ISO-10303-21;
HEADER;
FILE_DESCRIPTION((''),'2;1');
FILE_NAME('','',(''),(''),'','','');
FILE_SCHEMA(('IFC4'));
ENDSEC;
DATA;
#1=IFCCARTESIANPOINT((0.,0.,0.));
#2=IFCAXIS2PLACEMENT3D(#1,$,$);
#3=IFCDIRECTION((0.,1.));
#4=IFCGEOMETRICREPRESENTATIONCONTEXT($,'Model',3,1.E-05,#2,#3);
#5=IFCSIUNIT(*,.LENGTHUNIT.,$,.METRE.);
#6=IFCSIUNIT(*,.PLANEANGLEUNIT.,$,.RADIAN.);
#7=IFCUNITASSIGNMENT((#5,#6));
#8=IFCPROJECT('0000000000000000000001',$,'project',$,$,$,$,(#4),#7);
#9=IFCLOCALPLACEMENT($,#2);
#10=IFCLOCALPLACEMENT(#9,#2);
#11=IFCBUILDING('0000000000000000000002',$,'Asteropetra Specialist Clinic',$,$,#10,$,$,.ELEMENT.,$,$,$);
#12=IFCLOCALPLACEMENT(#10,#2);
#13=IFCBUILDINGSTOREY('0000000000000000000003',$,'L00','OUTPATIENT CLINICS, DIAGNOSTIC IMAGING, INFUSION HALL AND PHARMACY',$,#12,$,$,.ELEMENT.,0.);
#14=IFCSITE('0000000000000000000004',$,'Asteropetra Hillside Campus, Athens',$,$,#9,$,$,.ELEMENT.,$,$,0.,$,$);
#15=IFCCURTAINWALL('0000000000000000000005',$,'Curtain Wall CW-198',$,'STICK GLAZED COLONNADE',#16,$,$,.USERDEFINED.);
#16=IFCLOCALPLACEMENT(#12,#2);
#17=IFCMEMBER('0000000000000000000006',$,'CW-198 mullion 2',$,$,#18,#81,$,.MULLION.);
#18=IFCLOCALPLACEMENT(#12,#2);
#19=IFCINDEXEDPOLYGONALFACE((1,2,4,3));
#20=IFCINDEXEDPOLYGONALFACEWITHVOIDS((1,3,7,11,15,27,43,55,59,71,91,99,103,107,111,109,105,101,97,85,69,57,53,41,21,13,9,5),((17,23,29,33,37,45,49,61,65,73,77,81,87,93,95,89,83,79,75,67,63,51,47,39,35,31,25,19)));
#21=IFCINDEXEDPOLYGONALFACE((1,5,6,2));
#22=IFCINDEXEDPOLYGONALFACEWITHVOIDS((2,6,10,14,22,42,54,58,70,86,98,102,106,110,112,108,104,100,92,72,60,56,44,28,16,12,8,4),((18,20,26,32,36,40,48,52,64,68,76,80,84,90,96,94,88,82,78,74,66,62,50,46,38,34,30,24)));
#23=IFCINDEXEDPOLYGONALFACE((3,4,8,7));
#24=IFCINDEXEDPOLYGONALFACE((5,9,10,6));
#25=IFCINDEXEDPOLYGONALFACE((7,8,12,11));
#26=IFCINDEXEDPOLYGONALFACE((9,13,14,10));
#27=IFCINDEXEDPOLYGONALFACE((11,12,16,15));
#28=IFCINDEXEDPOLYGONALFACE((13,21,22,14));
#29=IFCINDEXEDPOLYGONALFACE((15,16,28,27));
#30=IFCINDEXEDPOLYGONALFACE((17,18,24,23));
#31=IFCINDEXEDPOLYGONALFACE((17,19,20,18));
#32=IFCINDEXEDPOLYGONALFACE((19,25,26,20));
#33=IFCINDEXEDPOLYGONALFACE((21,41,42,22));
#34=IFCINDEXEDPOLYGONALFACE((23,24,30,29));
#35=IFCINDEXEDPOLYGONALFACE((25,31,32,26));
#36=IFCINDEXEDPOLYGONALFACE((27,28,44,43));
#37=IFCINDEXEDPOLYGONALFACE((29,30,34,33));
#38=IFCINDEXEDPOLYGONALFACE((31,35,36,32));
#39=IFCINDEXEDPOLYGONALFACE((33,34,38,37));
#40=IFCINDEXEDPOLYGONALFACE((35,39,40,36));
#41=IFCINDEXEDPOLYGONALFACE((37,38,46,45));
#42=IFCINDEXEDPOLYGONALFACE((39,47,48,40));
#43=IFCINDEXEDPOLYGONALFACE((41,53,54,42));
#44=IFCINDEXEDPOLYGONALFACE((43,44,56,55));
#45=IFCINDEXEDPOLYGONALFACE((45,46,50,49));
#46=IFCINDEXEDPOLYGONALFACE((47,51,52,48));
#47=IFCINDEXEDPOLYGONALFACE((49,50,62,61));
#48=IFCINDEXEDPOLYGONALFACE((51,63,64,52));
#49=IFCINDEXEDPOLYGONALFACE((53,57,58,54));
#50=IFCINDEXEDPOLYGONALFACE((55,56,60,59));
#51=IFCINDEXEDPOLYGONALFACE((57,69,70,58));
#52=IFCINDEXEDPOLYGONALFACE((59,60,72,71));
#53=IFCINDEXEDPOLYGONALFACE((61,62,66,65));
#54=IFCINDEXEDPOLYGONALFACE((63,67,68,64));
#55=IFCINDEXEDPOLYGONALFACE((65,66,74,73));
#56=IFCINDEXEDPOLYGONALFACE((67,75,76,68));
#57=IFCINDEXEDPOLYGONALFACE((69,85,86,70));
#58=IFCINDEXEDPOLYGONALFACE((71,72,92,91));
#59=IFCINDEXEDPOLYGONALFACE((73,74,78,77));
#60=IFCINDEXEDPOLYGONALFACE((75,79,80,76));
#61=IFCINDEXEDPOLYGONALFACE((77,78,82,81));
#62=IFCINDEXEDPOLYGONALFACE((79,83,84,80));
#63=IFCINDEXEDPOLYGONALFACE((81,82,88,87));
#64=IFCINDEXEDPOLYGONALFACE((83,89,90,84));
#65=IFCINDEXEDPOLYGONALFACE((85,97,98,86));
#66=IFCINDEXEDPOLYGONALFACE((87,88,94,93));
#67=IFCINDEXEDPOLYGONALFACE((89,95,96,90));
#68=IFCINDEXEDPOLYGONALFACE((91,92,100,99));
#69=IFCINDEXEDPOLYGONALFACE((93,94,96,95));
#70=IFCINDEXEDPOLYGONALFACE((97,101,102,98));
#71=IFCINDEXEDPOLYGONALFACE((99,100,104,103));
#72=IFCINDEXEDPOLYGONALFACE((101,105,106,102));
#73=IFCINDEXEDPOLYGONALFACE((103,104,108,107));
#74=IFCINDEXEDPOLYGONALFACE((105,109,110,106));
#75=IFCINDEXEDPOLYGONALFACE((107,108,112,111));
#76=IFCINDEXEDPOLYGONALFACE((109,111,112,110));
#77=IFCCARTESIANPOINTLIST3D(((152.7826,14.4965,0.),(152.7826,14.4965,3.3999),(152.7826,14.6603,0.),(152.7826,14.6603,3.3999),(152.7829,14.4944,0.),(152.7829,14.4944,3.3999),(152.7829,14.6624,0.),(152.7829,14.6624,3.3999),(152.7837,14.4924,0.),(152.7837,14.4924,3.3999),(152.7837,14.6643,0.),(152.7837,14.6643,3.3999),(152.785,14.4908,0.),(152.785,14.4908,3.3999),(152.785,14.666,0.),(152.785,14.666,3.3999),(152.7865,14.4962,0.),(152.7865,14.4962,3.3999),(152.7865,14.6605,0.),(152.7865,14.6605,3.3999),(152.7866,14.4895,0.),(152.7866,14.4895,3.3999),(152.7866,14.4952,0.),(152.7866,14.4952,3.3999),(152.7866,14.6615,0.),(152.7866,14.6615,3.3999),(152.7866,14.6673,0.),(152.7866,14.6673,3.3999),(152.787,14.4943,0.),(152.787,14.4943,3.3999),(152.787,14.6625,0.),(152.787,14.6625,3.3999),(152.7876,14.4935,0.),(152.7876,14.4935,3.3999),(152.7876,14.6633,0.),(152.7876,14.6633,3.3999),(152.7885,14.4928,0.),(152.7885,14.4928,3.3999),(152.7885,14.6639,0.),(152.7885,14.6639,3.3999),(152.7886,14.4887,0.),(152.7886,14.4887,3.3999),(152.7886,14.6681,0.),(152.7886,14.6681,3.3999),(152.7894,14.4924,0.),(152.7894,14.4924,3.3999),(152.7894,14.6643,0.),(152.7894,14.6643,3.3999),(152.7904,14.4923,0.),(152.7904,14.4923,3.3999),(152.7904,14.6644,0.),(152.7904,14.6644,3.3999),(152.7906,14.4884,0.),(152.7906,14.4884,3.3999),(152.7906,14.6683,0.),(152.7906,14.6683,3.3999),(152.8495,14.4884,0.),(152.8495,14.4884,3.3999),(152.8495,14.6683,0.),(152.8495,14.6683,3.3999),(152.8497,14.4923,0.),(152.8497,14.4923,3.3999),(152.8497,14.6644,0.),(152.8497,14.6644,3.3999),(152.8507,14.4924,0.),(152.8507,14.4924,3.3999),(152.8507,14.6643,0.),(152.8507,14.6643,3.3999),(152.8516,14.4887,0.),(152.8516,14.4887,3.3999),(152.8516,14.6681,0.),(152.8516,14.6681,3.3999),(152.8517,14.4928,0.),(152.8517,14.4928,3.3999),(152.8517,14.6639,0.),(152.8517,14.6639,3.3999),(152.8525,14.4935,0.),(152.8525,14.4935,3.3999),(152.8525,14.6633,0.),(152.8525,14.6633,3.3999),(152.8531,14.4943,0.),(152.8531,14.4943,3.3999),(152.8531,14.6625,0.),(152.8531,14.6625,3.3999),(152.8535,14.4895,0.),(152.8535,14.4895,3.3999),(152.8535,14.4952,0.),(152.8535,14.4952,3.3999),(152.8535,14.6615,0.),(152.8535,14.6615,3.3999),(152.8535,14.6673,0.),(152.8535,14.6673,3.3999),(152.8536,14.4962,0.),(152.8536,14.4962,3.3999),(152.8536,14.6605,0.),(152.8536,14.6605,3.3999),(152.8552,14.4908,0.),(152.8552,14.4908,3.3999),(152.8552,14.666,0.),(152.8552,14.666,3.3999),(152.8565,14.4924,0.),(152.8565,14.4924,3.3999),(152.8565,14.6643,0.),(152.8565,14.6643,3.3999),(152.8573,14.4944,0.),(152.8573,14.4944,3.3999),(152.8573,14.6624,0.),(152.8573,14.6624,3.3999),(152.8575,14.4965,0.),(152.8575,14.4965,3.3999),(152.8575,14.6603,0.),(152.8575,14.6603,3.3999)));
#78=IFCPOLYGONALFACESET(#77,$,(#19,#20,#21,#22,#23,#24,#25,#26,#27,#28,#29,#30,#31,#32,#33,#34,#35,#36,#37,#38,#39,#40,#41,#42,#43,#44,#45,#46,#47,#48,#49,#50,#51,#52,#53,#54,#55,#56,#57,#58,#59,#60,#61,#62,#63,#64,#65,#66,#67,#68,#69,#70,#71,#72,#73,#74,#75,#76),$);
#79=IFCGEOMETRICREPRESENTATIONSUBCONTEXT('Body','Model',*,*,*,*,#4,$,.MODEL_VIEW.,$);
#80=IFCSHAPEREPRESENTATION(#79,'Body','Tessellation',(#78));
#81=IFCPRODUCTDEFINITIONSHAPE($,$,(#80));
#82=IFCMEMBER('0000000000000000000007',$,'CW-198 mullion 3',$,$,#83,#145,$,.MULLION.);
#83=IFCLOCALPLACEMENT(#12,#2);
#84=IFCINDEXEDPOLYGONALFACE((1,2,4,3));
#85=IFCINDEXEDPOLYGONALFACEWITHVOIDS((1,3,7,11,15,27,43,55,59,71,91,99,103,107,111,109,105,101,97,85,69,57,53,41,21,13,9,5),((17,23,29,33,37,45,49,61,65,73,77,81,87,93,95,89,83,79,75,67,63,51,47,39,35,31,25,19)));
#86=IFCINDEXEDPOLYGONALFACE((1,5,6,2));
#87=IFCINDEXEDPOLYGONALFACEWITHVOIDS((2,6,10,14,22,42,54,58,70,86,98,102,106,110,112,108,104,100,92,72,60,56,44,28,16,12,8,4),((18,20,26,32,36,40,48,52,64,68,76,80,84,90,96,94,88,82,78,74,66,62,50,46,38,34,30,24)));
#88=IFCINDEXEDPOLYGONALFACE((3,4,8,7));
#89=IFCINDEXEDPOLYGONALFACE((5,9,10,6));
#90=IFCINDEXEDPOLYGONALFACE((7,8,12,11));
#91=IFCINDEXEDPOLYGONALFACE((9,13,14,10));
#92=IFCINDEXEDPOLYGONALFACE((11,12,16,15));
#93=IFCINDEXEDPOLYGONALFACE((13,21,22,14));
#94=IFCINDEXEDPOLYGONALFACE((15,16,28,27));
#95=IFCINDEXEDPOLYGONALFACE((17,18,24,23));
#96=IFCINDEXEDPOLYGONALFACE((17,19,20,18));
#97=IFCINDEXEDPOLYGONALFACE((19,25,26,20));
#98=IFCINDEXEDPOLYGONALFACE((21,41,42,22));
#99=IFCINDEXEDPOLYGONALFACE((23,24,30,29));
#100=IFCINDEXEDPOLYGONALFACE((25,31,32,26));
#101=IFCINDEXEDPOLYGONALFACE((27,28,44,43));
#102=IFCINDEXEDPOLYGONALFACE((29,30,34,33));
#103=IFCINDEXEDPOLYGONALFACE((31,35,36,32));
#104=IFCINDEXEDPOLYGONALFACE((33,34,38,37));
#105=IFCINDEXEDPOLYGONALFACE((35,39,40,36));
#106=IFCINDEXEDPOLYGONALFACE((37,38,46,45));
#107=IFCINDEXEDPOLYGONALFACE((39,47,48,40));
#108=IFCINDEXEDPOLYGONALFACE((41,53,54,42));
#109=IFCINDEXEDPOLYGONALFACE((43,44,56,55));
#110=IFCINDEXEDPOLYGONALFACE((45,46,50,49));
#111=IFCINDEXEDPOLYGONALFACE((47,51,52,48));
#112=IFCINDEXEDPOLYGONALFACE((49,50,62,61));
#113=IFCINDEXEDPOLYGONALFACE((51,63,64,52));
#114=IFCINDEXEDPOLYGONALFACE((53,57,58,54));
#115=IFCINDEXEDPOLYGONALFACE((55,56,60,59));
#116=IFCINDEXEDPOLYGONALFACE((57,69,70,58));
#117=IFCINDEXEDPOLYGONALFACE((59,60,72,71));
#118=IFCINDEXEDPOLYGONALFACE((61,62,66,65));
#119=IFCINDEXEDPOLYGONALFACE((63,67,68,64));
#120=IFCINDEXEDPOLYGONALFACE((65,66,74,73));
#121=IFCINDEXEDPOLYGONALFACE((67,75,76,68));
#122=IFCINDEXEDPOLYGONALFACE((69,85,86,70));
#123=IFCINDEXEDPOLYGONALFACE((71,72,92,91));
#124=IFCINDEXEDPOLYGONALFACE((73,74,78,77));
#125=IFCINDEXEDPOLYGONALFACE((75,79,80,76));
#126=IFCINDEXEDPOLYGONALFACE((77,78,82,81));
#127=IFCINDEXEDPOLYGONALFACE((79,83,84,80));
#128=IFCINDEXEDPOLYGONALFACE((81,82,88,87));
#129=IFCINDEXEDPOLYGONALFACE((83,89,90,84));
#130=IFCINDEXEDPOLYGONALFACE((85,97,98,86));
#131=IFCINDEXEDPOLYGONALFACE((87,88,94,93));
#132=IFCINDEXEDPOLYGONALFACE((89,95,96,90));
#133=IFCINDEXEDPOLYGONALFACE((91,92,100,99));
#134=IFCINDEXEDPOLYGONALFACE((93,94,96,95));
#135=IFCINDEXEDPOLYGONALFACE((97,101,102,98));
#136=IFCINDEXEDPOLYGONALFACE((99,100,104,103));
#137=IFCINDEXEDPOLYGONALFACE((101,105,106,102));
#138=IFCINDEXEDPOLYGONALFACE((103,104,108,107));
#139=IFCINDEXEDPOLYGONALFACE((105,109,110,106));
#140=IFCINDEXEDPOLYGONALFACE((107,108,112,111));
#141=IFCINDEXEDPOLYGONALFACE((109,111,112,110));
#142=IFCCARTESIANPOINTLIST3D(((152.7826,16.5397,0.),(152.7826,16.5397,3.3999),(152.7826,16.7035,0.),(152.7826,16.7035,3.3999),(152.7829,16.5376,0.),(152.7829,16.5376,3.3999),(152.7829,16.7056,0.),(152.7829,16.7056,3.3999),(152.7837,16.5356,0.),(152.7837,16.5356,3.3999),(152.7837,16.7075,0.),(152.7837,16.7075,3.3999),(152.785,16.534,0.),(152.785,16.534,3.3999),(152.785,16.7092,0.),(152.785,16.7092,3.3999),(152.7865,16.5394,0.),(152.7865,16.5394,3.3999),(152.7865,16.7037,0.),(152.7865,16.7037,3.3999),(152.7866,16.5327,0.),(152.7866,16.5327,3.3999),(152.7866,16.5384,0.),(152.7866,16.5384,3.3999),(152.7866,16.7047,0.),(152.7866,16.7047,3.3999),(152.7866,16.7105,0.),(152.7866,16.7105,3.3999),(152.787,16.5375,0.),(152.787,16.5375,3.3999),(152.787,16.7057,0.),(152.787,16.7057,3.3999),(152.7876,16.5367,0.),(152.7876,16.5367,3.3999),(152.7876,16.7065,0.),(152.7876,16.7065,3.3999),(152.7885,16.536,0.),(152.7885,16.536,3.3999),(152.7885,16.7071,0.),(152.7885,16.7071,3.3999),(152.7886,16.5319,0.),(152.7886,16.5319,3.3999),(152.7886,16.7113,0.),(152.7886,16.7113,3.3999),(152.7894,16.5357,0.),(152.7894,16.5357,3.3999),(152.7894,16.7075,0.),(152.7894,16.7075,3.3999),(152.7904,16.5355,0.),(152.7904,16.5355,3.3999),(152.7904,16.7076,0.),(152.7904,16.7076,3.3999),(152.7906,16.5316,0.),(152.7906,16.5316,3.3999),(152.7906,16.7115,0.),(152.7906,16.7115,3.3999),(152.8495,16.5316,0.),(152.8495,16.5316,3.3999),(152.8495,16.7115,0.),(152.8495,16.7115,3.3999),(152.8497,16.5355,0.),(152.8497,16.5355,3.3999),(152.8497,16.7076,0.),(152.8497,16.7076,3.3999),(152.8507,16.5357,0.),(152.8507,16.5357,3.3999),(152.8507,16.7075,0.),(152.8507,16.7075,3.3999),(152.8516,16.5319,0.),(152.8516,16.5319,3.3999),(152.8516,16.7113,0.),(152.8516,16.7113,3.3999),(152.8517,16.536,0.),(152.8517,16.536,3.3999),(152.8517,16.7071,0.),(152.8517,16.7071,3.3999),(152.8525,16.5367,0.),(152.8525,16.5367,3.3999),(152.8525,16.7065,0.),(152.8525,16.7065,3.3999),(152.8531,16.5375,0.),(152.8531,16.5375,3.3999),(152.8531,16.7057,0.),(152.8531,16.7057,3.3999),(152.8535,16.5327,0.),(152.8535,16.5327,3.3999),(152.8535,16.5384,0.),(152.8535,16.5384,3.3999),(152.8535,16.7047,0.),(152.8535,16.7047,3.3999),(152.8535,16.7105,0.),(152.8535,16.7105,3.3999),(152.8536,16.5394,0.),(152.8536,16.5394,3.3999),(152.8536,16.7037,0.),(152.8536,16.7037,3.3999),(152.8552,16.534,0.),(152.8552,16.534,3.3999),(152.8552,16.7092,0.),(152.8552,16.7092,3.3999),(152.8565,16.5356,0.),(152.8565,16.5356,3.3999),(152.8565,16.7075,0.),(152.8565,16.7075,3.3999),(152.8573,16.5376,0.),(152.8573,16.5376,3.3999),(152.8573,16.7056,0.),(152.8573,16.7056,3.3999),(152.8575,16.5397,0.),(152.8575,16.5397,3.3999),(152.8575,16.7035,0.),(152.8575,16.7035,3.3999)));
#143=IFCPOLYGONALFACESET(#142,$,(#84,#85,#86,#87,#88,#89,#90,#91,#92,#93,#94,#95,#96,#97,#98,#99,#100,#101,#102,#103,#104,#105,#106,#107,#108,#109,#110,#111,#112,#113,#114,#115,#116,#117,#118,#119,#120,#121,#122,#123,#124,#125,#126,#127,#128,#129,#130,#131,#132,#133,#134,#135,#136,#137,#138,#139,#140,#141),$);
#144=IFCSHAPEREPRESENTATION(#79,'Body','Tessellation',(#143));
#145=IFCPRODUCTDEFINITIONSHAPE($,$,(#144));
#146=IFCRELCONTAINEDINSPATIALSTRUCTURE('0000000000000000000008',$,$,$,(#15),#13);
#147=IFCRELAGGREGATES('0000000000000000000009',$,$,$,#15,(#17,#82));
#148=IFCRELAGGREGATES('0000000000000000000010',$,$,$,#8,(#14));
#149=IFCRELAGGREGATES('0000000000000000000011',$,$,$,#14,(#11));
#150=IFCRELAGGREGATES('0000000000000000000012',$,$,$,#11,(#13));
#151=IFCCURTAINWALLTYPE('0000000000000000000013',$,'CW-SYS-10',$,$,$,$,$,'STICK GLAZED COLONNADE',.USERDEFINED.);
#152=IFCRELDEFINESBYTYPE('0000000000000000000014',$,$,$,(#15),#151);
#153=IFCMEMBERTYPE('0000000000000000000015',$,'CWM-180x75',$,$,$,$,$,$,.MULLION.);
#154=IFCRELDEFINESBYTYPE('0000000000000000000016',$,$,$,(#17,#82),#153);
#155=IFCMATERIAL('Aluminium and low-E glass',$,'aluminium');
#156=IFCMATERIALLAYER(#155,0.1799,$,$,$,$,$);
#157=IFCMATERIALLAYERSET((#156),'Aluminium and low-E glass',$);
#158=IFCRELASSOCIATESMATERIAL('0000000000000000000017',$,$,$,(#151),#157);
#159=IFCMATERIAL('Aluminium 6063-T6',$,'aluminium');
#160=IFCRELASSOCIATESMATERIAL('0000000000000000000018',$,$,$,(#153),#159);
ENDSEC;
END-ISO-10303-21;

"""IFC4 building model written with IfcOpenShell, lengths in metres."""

from ifc_helpers import new_model, si_unit, direction, frame, origin, origin_2d, place, context, subcontext, project, spatial, hollow_rectangle, extrude, material, layer, layer_set, material_profile, profile_set, type_object, element, aggregate, save


model = new_model("IFC4")

# Units and contexts
model_context = context("Model", 3, precision=1e-05, world=origin(), true_north=direction((0.0, 1.0)))
body_context = subcontext(model_context, "Body", "Model", "MODEL_VIEW")
ifc_project = project(units=[si_unit("LENGTHUNIT", "METRE"), si_unit("PLANEANGLEUNIT", "RADIAN")], contexts=[model_context])

# Site, building, storey
site_placement = place(None, origin())
site = spatial("IfcSite", under=ifc_project, at=site_placement, Name="Asteropetra Hillside Campus, Athens", CompositionType="ELEMENT", RefElevation=0.0)
building_placement = place(site_placement, origin())
building = spatial("IfcBuilding", under=site, at=building_placement, Name="Asteropetra Specialist Clinic", CompositionType="ELEMENT")
storey_placement = place(building_placement, origin())
storey = spatial("IfcBuildingStorey", under=building, at=storey_placement, Name="L00", Description="OUTPATIENT CLINICS, DIAGNOSTIC IMAGING, INFUSION HALL AND PHARMACY", CompositionType="ELEMENT", Elevation=0.0)

# Shared definitions
ifc_material_1 = material(Name="Aluminium and low-E glass", Category="aluminium")
ifc_layer_1 = layer(ifc_material_1, 0.1799)
ifc_layer_set_1 = layer_set([ifc_layer_1], Name="Aluminium and low-E glass")
curtain_wall_type = type_object("IfcCurtainWallType", Name="CW-SYS-10", ElementType="STICK GLAZED COLONNADE", PredefinedType="USERDEFINED", material=ifc_layer_set_1)

# Curtain wall, members
curtain_wall_1_placement = place(storey_placement, origin())
curtain_wall_1 = element("IfcCurtainWall", 1, at=curtain_wall_1_placement, inside=storey, type_object=curtain_wall_type, Name="Curtain Wall CW-198", ObjectType="STICK GLAZED COLONNADE", PredefinedType="USERDEFINED")
ifc_material_2 = material(Name="Aluminium 6063-T6", Category="aluminium")
ifc_material_profile_1 = material_profile(ifc_material_2, hollow_rectangle(XDim=0.075, YDim=0.1799, WallThickness=0.0039, InnerFilletRadius=0.0039, OuterFilletRadius=0.0081, at=origin_2d()), Name="MUL 180x75x4.0")
ifc_profile_set_1 = profile_set([ifc_material_profile_1], Name="Aluminium 6063-T6")
member_type_1 = type_object("IfcMemberType", Name="CWM-180x75", PredefinedType="MULLION", material=ifc_profile_set_1)
member_1_placement = place(storey_placement, frame((152.8201, 14.5784, 0.0), z_axis=(0.0, 0.0, 1.0), x_axis=(-1.0, 0.0, 0.0)))
member_1 = element("IfcMember", 2, at=member_1_placement, type_object=member_type_1, Name="CW-198 mullion 2", PredefinedType="MULLION", context=body_context, shape_type="SweptSolid", body=[
    extrude(hollow_rectangle(XDim=0.075, YDim=0.1799, WallThickness=0.0039, InnerFilletRadius=0.0039, OuterFilletRadius=0.0081, at=origin_2d()), origin(), (0.0, 0.0, 1.0), 3.3999),
])
member_2_placement = place(storey_placement, frame((152.8201, 16.6216, 0.0), z_axis=(0.0, 0.0, 1.0), x_axis=(-1.0, 0.0, 0.0)))
member_2 = element("IfcMember", 3, at=member_2_placement, type_object=member_type_1, Name="CW-198 mullion 3", PredefinedType="MULLION", context=body_context, shape_type="SweptSolid", body=[
    extrude(hollow_rectangle(XDim=0.075, YDim=0.1799, WallThickness=0.0039, InnerFilletRadius=0.0039, OuterFilletRadius=0.0081, at=origin_2d()), origin(), (0.0, 0.0, 1.0), 3.3999),
])
aggregate(curtain_wall_1, [member_1, member_2])

save(model, "model.ifc")
